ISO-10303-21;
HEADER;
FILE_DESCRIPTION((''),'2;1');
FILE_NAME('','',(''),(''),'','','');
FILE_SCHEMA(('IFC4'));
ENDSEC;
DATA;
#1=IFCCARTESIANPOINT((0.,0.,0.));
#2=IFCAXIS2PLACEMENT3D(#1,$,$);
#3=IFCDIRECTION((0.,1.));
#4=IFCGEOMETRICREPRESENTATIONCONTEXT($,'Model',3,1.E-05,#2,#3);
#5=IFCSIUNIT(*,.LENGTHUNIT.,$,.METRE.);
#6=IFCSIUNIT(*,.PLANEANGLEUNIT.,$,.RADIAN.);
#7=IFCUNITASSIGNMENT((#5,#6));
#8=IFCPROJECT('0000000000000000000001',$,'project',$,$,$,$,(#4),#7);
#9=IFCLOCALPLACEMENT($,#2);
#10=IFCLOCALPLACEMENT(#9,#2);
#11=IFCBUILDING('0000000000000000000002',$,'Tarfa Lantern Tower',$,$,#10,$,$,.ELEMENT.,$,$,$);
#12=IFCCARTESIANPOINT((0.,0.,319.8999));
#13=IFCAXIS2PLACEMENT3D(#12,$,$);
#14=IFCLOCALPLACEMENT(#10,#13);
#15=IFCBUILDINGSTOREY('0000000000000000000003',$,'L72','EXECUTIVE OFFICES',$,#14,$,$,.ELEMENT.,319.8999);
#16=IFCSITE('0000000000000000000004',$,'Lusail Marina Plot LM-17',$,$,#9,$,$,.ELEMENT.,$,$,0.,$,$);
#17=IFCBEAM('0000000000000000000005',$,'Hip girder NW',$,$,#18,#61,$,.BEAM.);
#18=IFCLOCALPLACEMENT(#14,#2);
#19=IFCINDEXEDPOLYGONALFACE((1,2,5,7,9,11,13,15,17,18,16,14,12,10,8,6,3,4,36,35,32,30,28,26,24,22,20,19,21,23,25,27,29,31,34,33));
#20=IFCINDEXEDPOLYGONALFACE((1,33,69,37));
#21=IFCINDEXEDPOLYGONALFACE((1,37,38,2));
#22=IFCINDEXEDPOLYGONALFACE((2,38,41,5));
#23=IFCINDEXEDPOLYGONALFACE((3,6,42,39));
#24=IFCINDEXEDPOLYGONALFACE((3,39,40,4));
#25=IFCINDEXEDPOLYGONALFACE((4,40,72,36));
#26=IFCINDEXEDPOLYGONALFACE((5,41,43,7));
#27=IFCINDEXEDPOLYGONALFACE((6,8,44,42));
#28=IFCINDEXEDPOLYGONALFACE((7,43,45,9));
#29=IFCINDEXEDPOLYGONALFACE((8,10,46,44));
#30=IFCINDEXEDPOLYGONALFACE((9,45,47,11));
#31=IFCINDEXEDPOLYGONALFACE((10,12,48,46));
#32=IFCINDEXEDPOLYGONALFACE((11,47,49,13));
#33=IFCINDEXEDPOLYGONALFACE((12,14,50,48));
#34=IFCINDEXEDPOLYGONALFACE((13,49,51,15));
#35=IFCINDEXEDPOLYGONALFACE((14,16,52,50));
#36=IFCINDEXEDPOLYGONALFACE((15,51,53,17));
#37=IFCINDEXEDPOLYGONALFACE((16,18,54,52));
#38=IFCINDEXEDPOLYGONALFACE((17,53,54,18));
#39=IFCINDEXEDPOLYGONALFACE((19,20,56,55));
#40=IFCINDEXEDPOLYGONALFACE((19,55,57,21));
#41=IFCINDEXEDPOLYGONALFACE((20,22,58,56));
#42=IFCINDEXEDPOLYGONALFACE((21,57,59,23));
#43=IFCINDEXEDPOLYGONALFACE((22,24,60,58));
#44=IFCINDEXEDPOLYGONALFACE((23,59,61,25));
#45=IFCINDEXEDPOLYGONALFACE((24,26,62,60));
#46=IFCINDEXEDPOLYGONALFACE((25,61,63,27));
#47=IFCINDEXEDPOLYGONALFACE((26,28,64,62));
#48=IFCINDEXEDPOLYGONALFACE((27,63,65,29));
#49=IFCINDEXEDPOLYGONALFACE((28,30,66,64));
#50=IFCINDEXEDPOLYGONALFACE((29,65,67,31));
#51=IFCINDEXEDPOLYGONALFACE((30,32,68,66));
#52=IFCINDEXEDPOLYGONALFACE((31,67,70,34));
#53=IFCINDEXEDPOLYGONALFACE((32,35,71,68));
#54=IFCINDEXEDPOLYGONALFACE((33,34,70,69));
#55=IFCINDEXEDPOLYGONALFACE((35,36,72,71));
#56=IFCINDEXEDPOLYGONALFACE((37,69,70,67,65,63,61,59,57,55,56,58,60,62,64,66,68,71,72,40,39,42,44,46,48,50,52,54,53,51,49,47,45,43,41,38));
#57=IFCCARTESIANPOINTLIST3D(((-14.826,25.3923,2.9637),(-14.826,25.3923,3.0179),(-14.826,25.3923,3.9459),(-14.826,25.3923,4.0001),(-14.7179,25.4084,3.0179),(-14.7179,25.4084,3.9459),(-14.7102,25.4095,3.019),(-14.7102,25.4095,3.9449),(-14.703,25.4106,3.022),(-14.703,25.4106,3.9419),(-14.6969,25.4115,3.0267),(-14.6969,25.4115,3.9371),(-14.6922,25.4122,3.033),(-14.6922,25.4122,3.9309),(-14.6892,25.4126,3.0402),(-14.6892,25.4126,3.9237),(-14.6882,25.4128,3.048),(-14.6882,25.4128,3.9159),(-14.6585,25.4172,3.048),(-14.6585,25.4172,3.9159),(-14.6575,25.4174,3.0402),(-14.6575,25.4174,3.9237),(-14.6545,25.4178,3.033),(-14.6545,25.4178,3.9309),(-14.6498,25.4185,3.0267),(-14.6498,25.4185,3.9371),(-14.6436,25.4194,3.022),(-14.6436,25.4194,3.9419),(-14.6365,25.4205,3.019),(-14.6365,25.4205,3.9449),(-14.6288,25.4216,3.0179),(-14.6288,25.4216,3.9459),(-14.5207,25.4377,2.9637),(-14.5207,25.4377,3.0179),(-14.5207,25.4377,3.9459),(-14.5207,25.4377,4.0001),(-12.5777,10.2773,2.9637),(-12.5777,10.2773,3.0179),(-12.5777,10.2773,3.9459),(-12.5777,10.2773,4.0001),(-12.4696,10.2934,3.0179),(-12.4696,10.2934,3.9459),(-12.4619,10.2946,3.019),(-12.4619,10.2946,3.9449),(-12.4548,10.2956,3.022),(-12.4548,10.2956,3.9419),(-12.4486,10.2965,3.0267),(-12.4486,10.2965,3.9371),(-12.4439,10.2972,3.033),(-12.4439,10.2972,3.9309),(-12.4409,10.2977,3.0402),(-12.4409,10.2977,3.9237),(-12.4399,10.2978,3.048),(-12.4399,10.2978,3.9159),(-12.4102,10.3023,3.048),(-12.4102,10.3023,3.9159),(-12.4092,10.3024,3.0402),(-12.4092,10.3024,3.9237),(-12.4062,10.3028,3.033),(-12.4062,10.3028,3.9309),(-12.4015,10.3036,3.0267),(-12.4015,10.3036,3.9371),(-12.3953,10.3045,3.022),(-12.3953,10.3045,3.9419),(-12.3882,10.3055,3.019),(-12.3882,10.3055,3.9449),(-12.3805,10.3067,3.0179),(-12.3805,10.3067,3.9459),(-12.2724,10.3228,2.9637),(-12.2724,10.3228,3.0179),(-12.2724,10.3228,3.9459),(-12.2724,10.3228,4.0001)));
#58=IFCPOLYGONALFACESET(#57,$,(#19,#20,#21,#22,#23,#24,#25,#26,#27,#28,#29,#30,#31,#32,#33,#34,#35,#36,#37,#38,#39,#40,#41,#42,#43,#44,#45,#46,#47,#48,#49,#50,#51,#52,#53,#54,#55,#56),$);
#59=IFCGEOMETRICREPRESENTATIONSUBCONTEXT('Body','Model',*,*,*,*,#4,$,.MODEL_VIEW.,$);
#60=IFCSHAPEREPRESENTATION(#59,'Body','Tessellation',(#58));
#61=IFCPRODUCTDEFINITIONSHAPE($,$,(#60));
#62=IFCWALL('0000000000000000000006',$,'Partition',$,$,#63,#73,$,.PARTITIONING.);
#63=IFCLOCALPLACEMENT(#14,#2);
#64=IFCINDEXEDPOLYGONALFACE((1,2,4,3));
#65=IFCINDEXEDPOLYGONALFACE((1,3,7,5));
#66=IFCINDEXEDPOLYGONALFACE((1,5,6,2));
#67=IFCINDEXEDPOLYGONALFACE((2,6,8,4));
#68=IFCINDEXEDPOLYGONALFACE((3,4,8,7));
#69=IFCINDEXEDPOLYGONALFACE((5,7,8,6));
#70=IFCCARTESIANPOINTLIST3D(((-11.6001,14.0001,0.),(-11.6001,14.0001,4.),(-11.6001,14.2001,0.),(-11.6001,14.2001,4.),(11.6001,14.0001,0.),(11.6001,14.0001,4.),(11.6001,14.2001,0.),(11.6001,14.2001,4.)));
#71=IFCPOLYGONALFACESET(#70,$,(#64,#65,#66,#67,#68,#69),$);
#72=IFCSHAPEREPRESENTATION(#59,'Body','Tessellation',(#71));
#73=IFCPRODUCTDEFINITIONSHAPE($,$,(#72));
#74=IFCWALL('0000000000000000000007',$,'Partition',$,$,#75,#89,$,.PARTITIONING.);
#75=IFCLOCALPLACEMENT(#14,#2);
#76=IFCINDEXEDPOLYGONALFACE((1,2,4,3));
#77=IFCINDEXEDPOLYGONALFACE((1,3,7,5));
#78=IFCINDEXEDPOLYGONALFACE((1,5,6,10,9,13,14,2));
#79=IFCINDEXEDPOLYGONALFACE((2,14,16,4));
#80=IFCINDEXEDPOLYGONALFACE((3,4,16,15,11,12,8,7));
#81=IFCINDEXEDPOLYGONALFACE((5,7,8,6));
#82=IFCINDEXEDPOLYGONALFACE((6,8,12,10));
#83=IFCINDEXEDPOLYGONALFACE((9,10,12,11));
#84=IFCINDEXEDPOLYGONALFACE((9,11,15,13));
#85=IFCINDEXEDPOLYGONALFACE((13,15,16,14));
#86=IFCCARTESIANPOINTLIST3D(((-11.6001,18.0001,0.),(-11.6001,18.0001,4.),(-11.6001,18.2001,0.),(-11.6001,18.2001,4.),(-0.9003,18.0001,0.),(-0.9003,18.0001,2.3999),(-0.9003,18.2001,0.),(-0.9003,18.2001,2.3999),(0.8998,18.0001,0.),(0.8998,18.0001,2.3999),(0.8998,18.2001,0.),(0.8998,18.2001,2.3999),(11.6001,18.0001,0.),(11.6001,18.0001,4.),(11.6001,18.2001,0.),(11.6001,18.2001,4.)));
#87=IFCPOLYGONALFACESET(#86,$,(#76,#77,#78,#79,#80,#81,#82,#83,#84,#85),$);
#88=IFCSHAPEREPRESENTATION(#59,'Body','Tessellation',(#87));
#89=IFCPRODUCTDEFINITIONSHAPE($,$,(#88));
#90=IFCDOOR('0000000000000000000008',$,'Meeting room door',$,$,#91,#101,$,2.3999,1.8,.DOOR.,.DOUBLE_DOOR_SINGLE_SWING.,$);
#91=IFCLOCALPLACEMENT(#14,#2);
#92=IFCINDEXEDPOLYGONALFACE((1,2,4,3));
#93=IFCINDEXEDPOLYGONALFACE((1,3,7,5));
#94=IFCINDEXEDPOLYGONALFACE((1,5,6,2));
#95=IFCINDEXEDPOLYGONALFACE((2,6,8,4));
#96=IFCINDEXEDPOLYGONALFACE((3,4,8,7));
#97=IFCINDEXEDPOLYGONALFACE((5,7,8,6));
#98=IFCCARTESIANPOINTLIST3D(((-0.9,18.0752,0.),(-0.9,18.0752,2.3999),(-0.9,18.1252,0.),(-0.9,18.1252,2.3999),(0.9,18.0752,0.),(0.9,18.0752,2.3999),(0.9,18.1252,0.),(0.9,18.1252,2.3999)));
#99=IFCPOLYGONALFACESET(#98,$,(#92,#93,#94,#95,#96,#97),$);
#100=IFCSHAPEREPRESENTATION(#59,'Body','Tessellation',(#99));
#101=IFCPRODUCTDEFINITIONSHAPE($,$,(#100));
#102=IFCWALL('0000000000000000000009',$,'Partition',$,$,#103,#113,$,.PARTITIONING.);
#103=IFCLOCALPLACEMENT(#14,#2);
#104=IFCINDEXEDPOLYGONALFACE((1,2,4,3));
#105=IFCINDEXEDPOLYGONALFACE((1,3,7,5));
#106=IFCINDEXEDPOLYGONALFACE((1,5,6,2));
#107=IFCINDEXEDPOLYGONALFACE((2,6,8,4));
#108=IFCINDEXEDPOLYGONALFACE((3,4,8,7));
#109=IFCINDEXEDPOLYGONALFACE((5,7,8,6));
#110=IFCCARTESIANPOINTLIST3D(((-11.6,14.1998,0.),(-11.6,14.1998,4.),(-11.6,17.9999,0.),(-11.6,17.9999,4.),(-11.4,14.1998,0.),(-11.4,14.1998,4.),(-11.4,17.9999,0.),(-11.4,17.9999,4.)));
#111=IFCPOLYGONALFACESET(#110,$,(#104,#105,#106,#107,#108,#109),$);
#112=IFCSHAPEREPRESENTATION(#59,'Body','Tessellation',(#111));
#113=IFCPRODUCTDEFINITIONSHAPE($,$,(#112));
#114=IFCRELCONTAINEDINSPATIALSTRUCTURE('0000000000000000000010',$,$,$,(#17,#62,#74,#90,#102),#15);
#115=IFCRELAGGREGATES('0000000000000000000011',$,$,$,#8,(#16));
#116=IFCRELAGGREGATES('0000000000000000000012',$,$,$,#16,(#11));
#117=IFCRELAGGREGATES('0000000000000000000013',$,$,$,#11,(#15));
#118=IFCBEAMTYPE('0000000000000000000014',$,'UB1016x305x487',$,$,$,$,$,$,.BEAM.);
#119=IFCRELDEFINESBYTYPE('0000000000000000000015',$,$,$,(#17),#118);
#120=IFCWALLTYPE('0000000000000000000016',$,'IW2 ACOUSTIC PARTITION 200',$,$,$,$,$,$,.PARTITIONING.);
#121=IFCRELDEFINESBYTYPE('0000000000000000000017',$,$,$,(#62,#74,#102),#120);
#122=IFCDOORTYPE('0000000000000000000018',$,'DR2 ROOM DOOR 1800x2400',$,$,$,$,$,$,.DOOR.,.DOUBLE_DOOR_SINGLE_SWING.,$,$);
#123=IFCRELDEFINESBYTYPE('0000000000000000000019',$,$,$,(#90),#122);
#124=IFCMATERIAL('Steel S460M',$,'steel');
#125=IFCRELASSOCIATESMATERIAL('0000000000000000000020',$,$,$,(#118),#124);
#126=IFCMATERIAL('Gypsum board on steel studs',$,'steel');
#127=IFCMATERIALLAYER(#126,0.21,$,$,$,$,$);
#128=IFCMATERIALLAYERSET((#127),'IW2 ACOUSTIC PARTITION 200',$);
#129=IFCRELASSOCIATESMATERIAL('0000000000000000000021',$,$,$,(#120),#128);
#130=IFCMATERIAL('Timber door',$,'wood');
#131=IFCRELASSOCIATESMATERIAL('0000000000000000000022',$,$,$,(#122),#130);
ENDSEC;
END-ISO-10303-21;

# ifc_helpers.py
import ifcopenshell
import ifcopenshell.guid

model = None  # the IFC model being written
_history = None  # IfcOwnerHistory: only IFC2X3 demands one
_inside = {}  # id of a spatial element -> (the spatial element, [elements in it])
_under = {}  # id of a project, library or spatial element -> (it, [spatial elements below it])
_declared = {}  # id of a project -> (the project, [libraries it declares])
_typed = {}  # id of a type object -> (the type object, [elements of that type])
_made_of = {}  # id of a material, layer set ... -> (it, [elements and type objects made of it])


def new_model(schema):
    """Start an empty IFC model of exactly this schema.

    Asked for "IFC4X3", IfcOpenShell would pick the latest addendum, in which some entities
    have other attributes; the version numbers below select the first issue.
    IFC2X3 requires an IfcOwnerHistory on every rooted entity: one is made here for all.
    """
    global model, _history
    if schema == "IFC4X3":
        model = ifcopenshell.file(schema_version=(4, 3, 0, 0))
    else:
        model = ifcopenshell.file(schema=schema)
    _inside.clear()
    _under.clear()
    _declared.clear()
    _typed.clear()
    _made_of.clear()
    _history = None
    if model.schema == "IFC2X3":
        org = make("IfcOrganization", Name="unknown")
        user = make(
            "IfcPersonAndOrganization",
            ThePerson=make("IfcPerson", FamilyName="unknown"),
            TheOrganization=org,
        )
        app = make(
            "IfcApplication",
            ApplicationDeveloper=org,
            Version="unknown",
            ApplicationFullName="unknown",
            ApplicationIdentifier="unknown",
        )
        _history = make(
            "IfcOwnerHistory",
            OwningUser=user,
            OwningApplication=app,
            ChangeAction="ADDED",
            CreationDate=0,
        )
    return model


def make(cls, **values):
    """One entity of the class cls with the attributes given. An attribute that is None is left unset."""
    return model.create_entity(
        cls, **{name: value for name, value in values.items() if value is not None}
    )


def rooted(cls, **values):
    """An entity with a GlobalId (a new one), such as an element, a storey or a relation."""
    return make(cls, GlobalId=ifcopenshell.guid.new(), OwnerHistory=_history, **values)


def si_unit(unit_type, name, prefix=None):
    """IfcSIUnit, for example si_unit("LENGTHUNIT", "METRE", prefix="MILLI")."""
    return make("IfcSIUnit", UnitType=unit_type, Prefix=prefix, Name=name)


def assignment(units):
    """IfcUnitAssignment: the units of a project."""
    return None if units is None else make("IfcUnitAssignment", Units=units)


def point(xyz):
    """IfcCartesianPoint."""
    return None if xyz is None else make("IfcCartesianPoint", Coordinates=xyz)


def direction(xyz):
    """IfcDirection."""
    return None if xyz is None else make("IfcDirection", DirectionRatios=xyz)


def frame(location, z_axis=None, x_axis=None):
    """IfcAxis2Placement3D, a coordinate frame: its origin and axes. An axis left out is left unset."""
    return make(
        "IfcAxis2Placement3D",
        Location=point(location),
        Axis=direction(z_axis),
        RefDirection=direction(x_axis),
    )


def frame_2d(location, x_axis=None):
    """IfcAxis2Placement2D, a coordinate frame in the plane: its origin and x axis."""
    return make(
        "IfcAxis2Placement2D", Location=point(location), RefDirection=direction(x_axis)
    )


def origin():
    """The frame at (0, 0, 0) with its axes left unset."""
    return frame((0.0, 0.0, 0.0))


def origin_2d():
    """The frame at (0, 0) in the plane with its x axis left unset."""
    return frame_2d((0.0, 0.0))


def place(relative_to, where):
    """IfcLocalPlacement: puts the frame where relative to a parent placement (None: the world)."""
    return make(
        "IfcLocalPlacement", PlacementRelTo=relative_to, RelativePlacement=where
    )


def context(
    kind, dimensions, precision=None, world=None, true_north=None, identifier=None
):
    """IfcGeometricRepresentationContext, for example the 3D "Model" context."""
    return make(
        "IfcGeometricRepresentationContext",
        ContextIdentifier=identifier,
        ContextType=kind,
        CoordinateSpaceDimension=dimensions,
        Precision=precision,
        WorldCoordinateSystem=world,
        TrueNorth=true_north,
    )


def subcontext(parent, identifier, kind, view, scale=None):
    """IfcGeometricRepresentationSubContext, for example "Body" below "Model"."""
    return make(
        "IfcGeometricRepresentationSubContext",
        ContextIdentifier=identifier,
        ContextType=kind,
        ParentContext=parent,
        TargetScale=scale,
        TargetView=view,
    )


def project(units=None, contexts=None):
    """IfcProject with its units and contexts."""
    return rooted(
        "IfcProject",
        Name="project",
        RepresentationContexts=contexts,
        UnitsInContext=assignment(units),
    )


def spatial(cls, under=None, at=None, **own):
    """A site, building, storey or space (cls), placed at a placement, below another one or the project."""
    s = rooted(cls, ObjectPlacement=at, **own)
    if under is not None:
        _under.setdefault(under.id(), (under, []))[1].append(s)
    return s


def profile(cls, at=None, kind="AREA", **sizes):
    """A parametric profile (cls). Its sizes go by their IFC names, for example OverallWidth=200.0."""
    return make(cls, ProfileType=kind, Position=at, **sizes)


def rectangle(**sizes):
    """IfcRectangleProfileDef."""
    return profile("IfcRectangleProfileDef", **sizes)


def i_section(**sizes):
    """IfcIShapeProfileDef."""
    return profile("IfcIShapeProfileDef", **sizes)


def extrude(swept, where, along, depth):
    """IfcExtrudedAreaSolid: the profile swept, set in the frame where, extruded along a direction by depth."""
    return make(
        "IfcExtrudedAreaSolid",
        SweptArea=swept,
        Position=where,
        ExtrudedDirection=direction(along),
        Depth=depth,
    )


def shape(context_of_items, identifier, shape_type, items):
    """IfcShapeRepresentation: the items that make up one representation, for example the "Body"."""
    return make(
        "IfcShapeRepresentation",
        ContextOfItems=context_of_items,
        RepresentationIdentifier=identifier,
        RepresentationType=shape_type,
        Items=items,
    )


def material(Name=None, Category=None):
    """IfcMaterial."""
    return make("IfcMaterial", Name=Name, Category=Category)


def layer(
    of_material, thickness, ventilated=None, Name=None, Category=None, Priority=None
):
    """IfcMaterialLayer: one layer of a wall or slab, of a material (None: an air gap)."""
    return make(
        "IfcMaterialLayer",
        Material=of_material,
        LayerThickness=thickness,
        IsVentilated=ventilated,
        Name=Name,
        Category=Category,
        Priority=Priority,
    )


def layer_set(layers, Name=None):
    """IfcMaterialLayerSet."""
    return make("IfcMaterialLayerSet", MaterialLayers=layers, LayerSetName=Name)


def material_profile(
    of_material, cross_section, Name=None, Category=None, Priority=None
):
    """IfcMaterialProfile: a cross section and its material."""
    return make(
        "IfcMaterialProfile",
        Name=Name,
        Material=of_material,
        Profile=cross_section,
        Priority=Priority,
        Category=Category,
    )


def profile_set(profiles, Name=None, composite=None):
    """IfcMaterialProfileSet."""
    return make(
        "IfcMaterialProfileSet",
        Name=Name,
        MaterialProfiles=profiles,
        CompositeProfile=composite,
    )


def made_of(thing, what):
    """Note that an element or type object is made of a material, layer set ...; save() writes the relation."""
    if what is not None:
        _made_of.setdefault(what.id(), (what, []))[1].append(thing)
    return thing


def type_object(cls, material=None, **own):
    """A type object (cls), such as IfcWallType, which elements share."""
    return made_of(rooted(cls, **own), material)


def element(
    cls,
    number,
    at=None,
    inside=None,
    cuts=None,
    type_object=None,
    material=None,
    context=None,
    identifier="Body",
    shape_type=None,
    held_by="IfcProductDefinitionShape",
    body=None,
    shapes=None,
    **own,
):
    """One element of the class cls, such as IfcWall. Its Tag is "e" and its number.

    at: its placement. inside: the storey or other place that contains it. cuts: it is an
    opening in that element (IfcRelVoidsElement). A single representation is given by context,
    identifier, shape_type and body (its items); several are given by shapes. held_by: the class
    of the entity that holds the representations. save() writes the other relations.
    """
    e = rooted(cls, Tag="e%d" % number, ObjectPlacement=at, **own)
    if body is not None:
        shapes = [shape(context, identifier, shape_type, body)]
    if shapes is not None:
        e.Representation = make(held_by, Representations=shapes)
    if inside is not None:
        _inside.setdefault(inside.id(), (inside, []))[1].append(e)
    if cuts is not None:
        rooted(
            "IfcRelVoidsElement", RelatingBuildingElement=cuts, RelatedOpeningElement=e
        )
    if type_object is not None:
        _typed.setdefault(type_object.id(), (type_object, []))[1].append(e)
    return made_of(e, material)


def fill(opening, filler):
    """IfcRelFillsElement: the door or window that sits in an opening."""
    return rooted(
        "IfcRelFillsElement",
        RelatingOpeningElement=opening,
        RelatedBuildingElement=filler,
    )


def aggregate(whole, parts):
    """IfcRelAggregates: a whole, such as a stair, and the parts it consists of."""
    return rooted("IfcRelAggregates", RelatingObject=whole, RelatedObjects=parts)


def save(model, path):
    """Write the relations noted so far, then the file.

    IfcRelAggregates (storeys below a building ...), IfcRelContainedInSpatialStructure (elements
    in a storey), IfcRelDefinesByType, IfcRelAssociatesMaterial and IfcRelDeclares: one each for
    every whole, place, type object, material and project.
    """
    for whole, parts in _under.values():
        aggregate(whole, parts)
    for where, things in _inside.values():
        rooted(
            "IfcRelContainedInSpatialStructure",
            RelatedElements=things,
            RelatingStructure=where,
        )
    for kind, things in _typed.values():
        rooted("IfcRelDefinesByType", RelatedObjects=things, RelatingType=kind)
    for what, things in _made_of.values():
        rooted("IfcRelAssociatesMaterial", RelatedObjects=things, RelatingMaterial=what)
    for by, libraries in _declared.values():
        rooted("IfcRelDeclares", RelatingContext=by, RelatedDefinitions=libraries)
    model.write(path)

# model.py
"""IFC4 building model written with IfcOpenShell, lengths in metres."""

from ifc_helpers import new_model, si_unit, direction, frame, frame_2d, origin, origin_2d, place, context, subcontext, project, spatial, rectangle, i_section, extrude, material, layer, layer_set, material_profile, profile_set, type_object, element, fill, save


model = new_model("IFC4")

# Units and contexts
model_context = context("Model", 3, precision=1e-05, world=origin(), true_north=direction((0.0, 1.0)))
body_context = subcontext(model_context, "Body", "Model", "MODEL_VIEW")
ifc_project = project(units=[si_unit("LENGTHUNIT", "METRE"), si_unit("PLANEANGLEUNIT", "RADIAN")], contexts=[model_context])

# Site, building, storey
site_placement = place(None, origin())
site = spatial("IfcSite", under=ifc_project, at=site_placement, Name="Lusail Marina Plot LM-17", CompositionType="ELEMENT", RefElevation=0.0)
building_placement = place(site_placement, origin())
building = spatial("IfcBuilding", under=site, at=building_placement, Name="Tarfa Lantern Tower", CompositionType="ELEMENT")
storey_placement = place(building_placement, frame((0.0, 0.0, 319.8999)))
storey = spatial("IfcBuildingStorey", under=building, at=storey_placement, Name="L72", Description="EXECUTIVE OFFICES", CompositionType="ELEMENT", Elevation=319.8999)

# Beam
ifc_material_1 = material(Name="Steel S460M", Category="steel")
ifc_material_profile = material_profile(ifc_material_1, i_section(OverallWidth=0.3086, OverallDepth=1.0364, WebThickness=0.03, FlangeThickness=0.0542, FilletRadius=0.03, at=origin_2d()), Name="UB1016x305x487")
ifc_profile_set = profile_set([ifc_material_profile], Name="Steel S460M")
beam_type = type_object("IfcBeamType", Name="UB1016x305x487", PredefinedType="BEAM", material=ifc_profile_set)
beam_placement = place(storey_placement, frame((-12.425, 10.3, 3.4819), z_axis=(-0.147127, 0.989118, 0.0), x_axis=(-0.989118, -0.147127, 0.0)))
element("IfcBeam", 1, at=beam_placement, inside=storey, type_object=beam_type, Name="Hip girder NW", PredefinedType="BEAM", context=body_context, shape_type="SweptSolid", body=[
    extrude(i_section(OverallWidth=0.3086, OverallDepth=1.0364, WebThickness=0.03, FlangeThickness=0.0542, FilletRadius=0.03, at=origin_2d()), origin(), (0.0, 0.0, 1.0), 15.2812),
])

# Wall
ifc_material_2 = material(Name="Gypsum board on steel studs", Category="steel")
ifc_layer_1 = layer(ifc_material_2, 0.21)
ifc_layer_set_1 = layer_set([ifc_layer_1], Name="IW2 ACOUSTIC PARTITION 200")
wall_type_1 = type_object("IfcWallType", Name="IW2 ACOUSTIC PARTITION 200", PredefinedType="PARTITIONING", material=ifc_layer_set_1)
wall_1_placement = place(storey_placement, frame((-11.6001, 14.1001, 0.0), z_axis=(0.0, 0.0, 1.0), x_axis=(1.0, 0.0, 0.0)))
element("IfcWall", 2, at=wall_1_placement, inside=storey, type_object=wall_type_1, Name="Partition", PredefinedType="PARTITIONING", context=body_context, shape_type="SweptSolid", body=[
    extrude(rectangle(XDim=23.2002, YDim=0.2, at=frame_2d((11.6001, 0.0))), origin(), (0.0, 0.0, 1.0), 4.0),
])

# Wall, opening, door
wall_2_placement = place(storey_placement, frame((-11.6001, 18.1001, 0.0), z_axis=(0.0, 0.0, 1.0), x_axis=(1.0, 0.0, 0.0)))
wall_2 = element("IfcWall", 3, at=wall_2_placement, inside=storey, type_object=wall_type_1, Name="Partition", PredefinedType="PARTITIONING", context=body_context, shape_type="SweptSolid", body=[
    extrude(rectangle(XDim=23.2002, YDim=0.2, at=frame_2d((11.6001, 0.0))), origin(), (0.0, 0.0, 1.0), 4.0),
])
opening_1_placement = place(wall_2_placement, frame((10.7, 0.0, 0.0)))
opening_1 = element("IfcOpeningElement", 4, at=opening_1_placement, cuts=wall_2, PredefinedType="OPENING", context=body_context, shape_type="SweptSolid", body=[
    extrude(rectangle(XDim=1.8, YDim=2.3999, at=frame_2d((0.8999, 1.2))), frame((0.0, 0.1099, 0.0), z_axis=(0.0, -1.0, 0.0), x_axis=(1.0, 0.0, 0.0)), (0.0, 0.0, 1.0), 0.22),
])
ifc_material_3 = material(Name="Timber door", Category="wood")
door_type_1 = type_object("IfcDoorType", Name="DR2 ROOM DOOR 1800x2400", OperationType="DOUBLE_DOOR_SINGLE_SWING", PredefinedType="DOOR", material=ifc_material_3)
door_1_placement = place(opening_1_placement, frame((1.8, 0.0, 0.0), z_axis=(0.0, 0.0, 1.0), x_axis=(-1.0, 0.0, 0.0)))
door_1 = element("IfcDoor", 5, at=door_1_placement, inside=storey, type_object=door_type_1, Name="Meeting room door", OperationType="DOUBLE_DOOR_SINGLE_SWING", OverallHeight=2.3999, OverallWidth=1.8, PredefinedType="DOOR", context=body_context, shape_type="SweptSolid", body=[
    extrude(rectangle(XDim=1.8, YDim=2.3999, at=frame_2d((0.8999, 1.2))), frame((0.0, 0.0249, 0.0), z_axis=(0.0, -1.0, 0.0), x_axis=(1.0, 0.0, 0.0)), (0.0, 0.0, 1.0), 0.05),
])
fill(opening_1, door_1)

# Wall
wall_3_placement = place(storey_placement, frame((-11.5, 14.2, 0.0), z_axis=(0.0, 0.0, 1.0), x_axis=(0.0, 1.0, 0.0)))
element("IfcWall", 6, at=wall_3_placement, inside=storey, type_object=wall_type_1, Name="Partition", PredefinedType="PARTITIONING", context=body_context, shape_type="SweptSolid", body=[
    extrude(rectangle(XDim=3.8, YDim=0.2, at=frame_2d((1.8999, 0.0))), origin(), (0.0, 0.0, 1.0), 4.0),
])

save(model, "model.ifc")
